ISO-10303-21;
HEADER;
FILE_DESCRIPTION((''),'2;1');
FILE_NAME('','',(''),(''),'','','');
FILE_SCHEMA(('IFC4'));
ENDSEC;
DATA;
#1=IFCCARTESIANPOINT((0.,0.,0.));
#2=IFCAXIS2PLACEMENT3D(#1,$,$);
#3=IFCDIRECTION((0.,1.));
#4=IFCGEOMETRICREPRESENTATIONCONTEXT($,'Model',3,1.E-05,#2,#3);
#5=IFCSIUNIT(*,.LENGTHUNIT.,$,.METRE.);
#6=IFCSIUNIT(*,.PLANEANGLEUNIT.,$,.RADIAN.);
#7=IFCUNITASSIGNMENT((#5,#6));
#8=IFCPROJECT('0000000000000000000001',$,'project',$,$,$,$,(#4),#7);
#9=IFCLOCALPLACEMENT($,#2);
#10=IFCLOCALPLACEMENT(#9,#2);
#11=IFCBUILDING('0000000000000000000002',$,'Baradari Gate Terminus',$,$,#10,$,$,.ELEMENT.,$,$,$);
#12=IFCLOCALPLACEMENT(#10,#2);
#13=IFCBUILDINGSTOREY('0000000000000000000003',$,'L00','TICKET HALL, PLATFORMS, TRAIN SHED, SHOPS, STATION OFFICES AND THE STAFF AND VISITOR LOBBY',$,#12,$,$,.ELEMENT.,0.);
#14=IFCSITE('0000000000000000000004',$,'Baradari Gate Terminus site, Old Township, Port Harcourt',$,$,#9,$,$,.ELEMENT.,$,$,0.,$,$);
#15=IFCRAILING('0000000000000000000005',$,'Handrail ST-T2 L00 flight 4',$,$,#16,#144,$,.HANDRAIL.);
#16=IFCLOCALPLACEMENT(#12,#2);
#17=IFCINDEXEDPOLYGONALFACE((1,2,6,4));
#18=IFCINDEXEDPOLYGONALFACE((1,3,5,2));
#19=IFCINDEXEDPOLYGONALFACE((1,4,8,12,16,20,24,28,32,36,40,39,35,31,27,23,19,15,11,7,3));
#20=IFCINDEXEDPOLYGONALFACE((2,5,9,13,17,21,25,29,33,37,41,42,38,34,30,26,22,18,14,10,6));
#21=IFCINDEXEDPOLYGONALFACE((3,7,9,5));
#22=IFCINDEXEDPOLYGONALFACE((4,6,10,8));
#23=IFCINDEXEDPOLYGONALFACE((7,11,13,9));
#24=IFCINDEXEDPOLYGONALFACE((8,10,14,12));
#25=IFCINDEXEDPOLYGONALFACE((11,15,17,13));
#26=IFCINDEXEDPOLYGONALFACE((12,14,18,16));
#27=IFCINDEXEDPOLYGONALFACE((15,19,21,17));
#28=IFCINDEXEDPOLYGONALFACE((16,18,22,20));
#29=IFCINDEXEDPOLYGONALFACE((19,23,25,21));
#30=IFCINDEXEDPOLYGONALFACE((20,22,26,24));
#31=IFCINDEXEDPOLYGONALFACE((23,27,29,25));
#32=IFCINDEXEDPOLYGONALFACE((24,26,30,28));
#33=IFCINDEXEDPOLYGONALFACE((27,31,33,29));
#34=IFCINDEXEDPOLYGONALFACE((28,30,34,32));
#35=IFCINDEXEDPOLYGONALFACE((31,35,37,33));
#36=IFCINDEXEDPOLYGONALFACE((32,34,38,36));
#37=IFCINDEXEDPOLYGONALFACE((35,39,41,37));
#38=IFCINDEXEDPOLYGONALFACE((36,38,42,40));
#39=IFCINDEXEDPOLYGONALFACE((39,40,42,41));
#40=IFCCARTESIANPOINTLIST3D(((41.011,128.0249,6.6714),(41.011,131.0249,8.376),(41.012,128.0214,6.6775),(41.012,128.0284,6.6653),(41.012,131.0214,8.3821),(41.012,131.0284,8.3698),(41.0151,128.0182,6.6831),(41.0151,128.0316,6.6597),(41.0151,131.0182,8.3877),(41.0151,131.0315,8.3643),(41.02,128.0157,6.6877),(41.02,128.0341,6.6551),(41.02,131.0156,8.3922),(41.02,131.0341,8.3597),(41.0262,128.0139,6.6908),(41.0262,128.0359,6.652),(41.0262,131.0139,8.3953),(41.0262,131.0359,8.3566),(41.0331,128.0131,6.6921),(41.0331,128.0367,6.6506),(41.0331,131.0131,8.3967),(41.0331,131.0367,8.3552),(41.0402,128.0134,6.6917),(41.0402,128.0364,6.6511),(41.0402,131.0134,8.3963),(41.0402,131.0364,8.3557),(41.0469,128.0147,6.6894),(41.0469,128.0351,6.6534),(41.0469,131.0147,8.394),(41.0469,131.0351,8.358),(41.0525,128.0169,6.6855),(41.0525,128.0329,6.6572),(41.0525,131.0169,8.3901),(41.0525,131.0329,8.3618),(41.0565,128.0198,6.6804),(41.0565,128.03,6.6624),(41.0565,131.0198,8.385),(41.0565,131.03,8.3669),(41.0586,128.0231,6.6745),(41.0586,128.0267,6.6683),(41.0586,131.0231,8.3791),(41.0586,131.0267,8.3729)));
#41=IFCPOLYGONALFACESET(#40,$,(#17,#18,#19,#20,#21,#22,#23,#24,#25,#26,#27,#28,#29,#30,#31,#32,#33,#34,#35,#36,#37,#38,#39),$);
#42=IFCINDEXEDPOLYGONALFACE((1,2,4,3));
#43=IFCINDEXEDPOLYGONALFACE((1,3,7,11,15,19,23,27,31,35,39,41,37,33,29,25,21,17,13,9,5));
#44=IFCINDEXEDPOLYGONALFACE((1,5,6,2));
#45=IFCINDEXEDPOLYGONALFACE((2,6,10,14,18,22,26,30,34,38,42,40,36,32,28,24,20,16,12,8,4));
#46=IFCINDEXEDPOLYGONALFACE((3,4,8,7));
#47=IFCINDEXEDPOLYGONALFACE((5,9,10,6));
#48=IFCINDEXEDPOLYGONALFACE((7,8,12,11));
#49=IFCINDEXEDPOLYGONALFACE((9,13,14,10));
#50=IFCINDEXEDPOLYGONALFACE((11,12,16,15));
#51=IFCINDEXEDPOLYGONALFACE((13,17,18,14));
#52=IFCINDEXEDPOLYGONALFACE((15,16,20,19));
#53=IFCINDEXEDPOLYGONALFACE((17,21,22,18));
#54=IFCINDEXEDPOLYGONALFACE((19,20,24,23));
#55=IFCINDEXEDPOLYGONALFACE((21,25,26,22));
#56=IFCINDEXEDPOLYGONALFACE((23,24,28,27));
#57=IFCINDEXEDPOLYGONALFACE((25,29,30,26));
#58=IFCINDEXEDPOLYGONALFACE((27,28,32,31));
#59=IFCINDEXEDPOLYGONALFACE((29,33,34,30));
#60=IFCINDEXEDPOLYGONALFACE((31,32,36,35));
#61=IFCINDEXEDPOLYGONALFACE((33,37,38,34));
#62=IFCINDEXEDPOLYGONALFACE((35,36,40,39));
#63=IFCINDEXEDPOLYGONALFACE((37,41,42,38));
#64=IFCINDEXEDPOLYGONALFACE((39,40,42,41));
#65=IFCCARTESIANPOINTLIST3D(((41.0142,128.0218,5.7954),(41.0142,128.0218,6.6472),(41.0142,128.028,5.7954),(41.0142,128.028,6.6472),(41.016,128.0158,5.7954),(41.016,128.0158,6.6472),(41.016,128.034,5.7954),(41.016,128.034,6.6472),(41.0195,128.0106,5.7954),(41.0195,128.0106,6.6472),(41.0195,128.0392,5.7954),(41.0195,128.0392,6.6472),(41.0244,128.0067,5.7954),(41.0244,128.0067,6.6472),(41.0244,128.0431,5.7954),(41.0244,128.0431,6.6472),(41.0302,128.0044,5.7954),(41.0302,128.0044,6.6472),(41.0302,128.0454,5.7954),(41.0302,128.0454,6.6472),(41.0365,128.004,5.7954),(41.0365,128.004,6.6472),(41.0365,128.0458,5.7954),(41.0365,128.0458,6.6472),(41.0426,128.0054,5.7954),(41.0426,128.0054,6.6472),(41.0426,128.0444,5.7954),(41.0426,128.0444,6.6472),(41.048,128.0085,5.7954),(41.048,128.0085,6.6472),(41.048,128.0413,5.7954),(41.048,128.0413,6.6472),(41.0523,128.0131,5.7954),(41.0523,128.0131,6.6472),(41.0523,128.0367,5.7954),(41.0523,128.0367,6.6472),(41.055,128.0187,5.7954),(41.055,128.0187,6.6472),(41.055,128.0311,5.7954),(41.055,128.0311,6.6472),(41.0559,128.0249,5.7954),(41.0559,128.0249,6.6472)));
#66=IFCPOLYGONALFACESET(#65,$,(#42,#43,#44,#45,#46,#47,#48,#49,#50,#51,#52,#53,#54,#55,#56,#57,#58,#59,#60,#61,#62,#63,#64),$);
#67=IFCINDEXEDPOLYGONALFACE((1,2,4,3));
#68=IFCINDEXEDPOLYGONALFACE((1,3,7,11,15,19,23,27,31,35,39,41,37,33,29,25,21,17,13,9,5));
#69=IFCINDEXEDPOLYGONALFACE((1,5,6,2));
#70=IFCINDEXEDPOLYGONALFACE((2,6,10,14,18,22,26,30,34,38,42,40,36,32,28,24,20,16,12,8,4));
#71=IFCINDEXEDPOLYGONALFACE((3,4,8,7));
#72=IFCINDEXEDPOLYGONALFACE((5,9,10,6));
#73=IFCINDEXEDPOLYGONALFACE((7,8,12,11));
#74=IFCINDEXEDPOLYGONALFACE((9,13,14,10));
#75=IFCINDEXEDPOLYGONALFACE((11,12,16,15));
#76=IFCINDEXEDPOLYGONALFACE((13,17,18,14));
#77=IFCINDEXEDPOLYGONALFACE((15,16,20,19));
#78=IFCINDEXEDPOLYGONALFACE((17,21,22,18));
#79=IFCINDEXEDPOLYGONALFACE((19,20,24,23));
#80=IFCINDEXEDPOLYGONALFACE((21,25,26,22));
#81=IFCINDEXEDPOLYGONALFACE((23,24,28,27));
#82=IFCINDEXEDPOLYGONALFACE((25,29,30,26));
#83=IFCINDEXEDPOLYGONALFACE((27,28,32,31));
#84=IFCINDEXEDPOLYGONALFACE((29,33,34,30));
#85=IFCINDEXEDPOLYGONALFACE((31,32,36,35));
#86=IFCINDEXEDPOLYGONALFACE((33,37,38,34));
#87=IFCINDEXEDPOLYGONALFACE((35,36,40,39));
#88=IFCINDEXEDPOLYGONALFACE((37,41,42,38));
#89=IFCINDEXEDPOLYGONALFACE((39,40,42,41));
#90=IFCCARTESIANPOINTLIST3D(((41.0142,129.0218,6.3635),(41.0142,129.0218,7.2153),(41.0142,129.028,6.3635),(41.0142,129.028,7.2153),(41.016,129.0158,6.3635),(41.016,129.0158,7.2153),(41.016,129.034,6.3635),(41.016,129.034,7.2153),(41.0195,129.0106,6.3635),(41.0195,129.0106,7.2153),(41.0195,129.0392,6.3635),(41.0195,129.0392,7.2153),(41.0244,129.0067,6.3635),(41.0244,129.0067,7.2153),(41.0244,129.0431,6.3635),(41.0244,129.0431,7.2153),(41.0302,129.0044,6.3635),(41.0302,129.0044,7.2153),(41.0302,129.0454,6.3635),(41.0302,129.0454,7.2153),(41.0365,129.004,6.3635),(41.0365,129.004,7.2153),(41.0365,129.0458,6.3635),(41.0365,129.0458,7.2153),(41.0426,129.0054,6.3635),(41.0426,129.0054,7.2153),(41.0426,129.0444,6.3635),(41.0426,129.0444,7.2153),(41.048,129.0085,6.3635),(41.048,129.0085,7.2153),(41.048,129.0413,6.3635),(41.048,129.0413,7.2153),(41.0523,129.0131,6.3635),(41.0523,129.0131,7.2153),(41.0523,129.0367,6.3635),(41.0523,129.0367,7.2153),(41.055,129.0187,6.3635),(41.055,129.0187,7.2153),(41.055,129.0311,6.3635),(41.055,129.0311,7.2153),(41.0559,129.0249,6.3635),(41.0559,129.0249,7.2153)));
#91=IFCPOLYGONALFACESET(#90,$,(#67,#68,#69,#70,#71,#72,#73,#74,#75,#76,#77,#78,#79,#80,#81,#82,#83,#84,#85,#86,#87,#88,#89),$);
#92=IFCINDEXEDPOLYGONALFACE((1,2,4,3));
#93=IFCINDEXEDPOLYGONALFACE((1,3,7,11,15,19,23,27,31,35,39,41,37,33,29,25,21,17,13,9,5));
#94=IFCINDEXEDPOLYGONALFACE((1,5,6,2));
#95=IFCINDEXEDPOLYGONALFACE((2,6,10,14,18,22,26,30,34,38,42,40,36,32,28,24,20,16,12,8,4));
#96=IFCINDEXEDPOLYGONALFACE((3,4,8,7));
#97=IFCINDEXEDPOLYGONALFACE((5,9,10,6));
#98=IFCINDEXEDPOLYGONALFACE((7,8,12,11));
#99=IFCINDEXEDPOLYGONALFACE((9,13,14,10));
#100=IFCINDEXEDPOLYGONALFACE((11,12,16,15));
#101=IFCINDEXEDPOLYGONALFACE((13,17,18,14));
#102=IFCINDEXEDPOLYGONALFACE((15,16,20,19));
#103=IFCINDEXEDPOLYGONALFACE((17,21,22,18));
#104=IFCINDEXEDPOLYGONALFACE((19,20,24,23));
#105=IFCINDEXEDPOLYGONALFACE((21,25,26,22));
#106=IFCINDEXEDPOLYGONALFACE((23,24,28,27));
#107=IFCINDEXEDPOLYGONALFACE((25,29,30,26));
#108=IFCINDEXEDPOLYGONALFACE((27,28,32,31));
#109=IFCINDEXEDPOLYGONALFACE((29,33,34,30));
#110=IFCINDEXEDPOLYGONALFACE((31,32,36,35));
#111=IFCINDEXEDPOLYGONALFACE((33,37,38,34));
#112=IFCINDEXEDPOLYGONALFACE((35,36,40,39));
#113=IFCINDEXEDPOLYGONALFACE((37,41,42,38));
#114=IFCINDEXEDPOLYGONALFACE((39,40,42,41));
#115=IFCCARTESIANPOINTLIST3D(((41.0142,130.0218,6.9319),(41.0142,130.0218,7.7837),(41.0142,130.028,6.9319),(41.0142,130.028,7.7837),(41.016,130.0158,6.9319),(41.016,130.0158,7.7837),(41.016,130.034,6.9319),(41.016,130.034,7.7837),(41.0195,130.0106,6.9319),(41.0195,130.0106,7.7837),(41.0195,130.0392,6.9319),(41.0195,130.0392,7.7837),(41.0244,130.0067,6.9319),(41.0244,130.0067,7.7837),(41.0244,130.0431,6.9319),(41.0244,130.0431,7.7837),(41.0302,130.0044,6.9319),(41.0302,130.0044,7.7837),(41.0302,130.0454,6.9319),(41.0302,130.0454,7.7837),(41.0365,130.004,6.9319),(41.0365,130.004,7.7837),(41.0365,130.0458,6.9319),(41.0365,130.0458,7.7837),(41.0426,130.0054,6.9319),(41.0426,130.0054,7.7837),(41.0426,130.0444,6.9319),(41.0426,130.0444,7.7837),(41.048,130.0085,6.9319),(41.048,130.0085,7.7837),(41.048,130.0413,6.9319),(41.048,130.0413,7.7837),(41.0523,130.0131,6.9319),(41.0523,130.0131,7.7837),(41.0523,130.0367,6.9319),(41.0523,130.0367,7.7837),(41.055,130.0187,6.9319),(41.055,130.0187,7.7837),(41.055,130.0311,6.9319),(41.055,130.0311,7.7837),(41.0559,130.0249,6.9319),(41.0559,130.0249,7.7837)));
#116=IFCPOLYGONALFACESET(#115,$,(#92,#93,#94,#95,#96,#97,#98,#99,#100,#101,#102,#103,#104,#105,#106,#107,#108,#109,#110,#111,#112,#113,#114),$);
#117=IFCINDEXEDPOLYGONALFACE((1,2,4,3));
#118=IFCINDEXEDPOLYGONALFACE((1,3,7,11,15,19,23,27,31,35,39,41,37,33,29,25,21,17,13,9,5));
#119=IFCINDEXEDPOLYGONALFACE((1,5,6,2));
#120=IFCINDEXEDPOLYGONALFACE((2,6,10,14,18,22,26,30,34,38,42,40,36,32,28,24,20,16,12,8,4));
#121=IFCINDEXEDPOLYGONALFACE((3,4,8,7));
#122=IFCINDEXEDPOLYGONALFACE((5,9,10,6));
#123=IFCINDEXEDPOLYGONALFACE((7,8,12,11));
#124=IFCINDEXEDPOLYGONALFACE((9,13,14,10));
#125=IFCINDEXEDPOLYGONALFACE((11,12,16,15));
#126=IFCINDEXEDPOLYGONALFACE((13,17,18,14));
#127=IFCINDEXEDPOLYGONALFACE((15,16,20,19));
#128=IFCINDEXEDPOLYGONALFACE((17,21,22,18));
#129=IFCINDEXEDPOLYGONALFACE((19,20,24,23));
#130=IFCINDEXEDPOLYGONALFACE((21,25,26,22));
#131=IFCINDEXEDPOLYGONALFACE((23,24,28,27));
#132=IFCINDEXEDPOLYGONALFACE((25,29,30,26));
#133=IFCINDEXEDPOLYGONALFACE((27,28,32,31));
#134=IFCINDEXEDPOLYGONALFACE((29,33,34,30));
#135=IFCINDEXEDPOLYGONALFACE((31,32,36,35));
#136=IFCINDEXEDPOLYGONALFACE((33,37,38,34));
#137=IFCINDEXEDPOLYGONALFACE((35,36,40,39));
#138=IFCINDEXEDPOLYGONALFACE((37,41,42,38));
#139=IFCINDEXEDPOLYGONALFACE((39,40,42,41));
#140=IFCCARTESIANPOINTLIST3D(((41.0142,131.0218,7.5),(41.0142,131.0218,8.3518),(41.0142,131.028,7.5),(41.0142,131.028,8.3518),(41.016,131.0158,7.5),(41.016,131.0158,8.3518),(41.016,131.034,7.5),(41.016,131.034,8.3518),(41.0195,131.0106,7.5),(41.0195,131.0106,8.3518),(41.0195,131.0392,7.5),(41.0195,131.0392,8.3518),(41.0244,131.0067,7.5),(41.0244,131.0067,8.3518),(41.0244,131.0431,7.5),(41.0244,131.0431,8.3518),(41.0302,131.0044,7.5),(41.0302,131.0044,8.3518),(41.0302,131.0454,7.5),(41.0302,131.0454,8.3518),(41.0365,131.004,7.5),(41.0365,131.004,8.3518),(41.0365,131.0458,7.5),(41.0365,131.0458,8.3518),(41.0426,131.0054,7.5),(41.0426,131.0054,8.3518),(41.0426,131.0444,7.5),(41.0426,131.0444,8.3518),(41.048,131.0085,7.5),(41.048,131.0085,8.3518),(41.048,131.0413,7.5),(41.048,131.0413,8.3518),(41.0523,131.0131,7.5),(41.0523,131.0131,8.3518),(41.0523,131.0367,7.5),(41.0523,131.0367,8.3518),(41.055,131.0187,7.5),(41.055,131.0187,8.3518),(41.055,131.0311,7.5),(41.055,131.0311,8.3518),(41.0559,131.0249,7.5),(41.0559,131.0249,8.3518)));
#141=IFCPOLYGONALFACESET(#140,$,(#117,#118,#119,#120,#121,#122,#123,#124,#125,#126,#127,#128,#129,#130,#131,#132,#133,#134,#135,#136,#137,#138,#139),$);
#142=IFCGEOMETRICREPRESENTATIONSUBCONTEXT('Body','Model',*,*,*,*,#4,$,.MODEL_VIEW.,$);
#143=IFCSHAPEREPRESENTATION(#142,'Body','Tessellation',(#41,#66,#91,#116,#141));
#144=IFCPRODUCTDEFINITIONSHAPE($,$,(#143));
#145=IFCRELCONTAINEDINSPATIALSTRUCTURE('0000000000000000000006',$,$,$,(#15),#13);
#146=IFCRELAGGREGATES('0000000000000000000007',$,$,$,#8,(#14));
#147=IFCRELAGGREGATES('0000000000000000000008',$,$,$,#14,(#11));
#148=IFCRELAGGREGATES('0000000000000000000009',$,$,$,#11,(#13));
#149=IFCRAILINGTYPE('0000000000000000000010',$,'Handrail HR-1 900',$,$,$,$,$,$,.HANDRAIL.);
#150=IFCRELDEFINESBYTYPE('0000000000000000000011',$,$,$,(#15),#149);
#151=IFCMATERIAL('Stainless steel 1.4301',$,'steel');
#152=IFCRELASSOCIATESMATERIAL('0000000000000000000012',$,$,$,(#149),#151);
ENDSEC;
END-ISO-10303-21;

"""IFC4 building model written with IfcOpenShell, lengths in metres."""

from ifc_helpers import new_model, si_unit, direction, frame, origin, origin_2d, place, context, subcontext, project, spatial, circle, extrude, material, type_object, element, save


model = new_model("IFC4")

# Units and contexts
model_context = context("Model", 3, precision=1e-05, world=origin(), true_north=direction((0.0, 1.0)))
body_context = subcontext(model_context, "Body", "Model", "MODEL_VIEW")
ifc_project = project(units=[si_unit("LENGTHUNIT", "METRE"), si_unit("PLANEANGLEUNIT", "RADIAN")], contexts=[model_context])

# Site, building, storey
site_placement = place(None, origin())
site = spatial("IfcSite", under=ifc_project, at=site_placement, Name="Baradari Gate Terminus site, Old Township, Port Harcourt", CompositionType="ELEMENT", RefElevation=0.0)
building_placement = place(site_placement, origin())
building = spatial("IfcBuilding", under=site, at=building_placement, Name="Baradari Gate Terminus", CompositionType="ELEMENT")
storey_placement = place(building_placement, origin())
storey = spatial("IfcBuildingStorey", under=building, at=storey_placement, Name="L00", Description="TICKET HALL, PLATFORMS, TRAIN SHED, SHOPS, STATION OFFICES AND THE STAFF AND VISITOR LOBBY", CompositionType="ELEMENT", Elevation=0.0)

# Railing
ifc_material_1 = material(Name="Stainless steel 1.4301", Category="steel")
railing_type_1 = type_object("IfcRailingType", Name="Handrail HR-1 900", PredefinedType="HANDRAIL", material=ifc_material_1)
for number, where, name in (
    (1, (41.0349, 128.0249, 5.7954), "Handrail ST-T2 L00 flight 4"),
):
    element("IfcRailing", number, at=place(storey_placement, frame(where)), inside=storey, type_object=railing_type_1, Name=name, PredefinedType="HANDRAIL", context=body_context, shape_type="SweptSolid", body=[
        extrude(circle(Radius=0.0239, at=origin_2d()), frame((0.0, 0.0, 0.876), z_axis=(0.0, 0.869451, 0.494019), x_axis=(-1.0, 0.0, 0.0)), (0.0, 0.0, 1.0), 3.4504),
        extrude(circle(Radius=0.021, at=origin_2d()), origin(), (0.0, 0.0, 1.0), 0.8518),
        extrude(circle(Radius=0.021, at=origin_2d()), frame((0.0, 1.0, 0.5681)), (0.0, 0.0, 1.0), 0.8518),
        extrude(circle(Radius=0.021, at=origin_2d()), frame((0.0, 2.0, 1.1365)), (0.0, 0.0, 1.0), 0.8518),
        extrude(circle(Radius=0.021, at=origin_2d()), frame((0.0, 3.0, 1.7046)), (0.0, 0.0, 1.0), 0.8518),
    ])

save(model, "model.ifc")
